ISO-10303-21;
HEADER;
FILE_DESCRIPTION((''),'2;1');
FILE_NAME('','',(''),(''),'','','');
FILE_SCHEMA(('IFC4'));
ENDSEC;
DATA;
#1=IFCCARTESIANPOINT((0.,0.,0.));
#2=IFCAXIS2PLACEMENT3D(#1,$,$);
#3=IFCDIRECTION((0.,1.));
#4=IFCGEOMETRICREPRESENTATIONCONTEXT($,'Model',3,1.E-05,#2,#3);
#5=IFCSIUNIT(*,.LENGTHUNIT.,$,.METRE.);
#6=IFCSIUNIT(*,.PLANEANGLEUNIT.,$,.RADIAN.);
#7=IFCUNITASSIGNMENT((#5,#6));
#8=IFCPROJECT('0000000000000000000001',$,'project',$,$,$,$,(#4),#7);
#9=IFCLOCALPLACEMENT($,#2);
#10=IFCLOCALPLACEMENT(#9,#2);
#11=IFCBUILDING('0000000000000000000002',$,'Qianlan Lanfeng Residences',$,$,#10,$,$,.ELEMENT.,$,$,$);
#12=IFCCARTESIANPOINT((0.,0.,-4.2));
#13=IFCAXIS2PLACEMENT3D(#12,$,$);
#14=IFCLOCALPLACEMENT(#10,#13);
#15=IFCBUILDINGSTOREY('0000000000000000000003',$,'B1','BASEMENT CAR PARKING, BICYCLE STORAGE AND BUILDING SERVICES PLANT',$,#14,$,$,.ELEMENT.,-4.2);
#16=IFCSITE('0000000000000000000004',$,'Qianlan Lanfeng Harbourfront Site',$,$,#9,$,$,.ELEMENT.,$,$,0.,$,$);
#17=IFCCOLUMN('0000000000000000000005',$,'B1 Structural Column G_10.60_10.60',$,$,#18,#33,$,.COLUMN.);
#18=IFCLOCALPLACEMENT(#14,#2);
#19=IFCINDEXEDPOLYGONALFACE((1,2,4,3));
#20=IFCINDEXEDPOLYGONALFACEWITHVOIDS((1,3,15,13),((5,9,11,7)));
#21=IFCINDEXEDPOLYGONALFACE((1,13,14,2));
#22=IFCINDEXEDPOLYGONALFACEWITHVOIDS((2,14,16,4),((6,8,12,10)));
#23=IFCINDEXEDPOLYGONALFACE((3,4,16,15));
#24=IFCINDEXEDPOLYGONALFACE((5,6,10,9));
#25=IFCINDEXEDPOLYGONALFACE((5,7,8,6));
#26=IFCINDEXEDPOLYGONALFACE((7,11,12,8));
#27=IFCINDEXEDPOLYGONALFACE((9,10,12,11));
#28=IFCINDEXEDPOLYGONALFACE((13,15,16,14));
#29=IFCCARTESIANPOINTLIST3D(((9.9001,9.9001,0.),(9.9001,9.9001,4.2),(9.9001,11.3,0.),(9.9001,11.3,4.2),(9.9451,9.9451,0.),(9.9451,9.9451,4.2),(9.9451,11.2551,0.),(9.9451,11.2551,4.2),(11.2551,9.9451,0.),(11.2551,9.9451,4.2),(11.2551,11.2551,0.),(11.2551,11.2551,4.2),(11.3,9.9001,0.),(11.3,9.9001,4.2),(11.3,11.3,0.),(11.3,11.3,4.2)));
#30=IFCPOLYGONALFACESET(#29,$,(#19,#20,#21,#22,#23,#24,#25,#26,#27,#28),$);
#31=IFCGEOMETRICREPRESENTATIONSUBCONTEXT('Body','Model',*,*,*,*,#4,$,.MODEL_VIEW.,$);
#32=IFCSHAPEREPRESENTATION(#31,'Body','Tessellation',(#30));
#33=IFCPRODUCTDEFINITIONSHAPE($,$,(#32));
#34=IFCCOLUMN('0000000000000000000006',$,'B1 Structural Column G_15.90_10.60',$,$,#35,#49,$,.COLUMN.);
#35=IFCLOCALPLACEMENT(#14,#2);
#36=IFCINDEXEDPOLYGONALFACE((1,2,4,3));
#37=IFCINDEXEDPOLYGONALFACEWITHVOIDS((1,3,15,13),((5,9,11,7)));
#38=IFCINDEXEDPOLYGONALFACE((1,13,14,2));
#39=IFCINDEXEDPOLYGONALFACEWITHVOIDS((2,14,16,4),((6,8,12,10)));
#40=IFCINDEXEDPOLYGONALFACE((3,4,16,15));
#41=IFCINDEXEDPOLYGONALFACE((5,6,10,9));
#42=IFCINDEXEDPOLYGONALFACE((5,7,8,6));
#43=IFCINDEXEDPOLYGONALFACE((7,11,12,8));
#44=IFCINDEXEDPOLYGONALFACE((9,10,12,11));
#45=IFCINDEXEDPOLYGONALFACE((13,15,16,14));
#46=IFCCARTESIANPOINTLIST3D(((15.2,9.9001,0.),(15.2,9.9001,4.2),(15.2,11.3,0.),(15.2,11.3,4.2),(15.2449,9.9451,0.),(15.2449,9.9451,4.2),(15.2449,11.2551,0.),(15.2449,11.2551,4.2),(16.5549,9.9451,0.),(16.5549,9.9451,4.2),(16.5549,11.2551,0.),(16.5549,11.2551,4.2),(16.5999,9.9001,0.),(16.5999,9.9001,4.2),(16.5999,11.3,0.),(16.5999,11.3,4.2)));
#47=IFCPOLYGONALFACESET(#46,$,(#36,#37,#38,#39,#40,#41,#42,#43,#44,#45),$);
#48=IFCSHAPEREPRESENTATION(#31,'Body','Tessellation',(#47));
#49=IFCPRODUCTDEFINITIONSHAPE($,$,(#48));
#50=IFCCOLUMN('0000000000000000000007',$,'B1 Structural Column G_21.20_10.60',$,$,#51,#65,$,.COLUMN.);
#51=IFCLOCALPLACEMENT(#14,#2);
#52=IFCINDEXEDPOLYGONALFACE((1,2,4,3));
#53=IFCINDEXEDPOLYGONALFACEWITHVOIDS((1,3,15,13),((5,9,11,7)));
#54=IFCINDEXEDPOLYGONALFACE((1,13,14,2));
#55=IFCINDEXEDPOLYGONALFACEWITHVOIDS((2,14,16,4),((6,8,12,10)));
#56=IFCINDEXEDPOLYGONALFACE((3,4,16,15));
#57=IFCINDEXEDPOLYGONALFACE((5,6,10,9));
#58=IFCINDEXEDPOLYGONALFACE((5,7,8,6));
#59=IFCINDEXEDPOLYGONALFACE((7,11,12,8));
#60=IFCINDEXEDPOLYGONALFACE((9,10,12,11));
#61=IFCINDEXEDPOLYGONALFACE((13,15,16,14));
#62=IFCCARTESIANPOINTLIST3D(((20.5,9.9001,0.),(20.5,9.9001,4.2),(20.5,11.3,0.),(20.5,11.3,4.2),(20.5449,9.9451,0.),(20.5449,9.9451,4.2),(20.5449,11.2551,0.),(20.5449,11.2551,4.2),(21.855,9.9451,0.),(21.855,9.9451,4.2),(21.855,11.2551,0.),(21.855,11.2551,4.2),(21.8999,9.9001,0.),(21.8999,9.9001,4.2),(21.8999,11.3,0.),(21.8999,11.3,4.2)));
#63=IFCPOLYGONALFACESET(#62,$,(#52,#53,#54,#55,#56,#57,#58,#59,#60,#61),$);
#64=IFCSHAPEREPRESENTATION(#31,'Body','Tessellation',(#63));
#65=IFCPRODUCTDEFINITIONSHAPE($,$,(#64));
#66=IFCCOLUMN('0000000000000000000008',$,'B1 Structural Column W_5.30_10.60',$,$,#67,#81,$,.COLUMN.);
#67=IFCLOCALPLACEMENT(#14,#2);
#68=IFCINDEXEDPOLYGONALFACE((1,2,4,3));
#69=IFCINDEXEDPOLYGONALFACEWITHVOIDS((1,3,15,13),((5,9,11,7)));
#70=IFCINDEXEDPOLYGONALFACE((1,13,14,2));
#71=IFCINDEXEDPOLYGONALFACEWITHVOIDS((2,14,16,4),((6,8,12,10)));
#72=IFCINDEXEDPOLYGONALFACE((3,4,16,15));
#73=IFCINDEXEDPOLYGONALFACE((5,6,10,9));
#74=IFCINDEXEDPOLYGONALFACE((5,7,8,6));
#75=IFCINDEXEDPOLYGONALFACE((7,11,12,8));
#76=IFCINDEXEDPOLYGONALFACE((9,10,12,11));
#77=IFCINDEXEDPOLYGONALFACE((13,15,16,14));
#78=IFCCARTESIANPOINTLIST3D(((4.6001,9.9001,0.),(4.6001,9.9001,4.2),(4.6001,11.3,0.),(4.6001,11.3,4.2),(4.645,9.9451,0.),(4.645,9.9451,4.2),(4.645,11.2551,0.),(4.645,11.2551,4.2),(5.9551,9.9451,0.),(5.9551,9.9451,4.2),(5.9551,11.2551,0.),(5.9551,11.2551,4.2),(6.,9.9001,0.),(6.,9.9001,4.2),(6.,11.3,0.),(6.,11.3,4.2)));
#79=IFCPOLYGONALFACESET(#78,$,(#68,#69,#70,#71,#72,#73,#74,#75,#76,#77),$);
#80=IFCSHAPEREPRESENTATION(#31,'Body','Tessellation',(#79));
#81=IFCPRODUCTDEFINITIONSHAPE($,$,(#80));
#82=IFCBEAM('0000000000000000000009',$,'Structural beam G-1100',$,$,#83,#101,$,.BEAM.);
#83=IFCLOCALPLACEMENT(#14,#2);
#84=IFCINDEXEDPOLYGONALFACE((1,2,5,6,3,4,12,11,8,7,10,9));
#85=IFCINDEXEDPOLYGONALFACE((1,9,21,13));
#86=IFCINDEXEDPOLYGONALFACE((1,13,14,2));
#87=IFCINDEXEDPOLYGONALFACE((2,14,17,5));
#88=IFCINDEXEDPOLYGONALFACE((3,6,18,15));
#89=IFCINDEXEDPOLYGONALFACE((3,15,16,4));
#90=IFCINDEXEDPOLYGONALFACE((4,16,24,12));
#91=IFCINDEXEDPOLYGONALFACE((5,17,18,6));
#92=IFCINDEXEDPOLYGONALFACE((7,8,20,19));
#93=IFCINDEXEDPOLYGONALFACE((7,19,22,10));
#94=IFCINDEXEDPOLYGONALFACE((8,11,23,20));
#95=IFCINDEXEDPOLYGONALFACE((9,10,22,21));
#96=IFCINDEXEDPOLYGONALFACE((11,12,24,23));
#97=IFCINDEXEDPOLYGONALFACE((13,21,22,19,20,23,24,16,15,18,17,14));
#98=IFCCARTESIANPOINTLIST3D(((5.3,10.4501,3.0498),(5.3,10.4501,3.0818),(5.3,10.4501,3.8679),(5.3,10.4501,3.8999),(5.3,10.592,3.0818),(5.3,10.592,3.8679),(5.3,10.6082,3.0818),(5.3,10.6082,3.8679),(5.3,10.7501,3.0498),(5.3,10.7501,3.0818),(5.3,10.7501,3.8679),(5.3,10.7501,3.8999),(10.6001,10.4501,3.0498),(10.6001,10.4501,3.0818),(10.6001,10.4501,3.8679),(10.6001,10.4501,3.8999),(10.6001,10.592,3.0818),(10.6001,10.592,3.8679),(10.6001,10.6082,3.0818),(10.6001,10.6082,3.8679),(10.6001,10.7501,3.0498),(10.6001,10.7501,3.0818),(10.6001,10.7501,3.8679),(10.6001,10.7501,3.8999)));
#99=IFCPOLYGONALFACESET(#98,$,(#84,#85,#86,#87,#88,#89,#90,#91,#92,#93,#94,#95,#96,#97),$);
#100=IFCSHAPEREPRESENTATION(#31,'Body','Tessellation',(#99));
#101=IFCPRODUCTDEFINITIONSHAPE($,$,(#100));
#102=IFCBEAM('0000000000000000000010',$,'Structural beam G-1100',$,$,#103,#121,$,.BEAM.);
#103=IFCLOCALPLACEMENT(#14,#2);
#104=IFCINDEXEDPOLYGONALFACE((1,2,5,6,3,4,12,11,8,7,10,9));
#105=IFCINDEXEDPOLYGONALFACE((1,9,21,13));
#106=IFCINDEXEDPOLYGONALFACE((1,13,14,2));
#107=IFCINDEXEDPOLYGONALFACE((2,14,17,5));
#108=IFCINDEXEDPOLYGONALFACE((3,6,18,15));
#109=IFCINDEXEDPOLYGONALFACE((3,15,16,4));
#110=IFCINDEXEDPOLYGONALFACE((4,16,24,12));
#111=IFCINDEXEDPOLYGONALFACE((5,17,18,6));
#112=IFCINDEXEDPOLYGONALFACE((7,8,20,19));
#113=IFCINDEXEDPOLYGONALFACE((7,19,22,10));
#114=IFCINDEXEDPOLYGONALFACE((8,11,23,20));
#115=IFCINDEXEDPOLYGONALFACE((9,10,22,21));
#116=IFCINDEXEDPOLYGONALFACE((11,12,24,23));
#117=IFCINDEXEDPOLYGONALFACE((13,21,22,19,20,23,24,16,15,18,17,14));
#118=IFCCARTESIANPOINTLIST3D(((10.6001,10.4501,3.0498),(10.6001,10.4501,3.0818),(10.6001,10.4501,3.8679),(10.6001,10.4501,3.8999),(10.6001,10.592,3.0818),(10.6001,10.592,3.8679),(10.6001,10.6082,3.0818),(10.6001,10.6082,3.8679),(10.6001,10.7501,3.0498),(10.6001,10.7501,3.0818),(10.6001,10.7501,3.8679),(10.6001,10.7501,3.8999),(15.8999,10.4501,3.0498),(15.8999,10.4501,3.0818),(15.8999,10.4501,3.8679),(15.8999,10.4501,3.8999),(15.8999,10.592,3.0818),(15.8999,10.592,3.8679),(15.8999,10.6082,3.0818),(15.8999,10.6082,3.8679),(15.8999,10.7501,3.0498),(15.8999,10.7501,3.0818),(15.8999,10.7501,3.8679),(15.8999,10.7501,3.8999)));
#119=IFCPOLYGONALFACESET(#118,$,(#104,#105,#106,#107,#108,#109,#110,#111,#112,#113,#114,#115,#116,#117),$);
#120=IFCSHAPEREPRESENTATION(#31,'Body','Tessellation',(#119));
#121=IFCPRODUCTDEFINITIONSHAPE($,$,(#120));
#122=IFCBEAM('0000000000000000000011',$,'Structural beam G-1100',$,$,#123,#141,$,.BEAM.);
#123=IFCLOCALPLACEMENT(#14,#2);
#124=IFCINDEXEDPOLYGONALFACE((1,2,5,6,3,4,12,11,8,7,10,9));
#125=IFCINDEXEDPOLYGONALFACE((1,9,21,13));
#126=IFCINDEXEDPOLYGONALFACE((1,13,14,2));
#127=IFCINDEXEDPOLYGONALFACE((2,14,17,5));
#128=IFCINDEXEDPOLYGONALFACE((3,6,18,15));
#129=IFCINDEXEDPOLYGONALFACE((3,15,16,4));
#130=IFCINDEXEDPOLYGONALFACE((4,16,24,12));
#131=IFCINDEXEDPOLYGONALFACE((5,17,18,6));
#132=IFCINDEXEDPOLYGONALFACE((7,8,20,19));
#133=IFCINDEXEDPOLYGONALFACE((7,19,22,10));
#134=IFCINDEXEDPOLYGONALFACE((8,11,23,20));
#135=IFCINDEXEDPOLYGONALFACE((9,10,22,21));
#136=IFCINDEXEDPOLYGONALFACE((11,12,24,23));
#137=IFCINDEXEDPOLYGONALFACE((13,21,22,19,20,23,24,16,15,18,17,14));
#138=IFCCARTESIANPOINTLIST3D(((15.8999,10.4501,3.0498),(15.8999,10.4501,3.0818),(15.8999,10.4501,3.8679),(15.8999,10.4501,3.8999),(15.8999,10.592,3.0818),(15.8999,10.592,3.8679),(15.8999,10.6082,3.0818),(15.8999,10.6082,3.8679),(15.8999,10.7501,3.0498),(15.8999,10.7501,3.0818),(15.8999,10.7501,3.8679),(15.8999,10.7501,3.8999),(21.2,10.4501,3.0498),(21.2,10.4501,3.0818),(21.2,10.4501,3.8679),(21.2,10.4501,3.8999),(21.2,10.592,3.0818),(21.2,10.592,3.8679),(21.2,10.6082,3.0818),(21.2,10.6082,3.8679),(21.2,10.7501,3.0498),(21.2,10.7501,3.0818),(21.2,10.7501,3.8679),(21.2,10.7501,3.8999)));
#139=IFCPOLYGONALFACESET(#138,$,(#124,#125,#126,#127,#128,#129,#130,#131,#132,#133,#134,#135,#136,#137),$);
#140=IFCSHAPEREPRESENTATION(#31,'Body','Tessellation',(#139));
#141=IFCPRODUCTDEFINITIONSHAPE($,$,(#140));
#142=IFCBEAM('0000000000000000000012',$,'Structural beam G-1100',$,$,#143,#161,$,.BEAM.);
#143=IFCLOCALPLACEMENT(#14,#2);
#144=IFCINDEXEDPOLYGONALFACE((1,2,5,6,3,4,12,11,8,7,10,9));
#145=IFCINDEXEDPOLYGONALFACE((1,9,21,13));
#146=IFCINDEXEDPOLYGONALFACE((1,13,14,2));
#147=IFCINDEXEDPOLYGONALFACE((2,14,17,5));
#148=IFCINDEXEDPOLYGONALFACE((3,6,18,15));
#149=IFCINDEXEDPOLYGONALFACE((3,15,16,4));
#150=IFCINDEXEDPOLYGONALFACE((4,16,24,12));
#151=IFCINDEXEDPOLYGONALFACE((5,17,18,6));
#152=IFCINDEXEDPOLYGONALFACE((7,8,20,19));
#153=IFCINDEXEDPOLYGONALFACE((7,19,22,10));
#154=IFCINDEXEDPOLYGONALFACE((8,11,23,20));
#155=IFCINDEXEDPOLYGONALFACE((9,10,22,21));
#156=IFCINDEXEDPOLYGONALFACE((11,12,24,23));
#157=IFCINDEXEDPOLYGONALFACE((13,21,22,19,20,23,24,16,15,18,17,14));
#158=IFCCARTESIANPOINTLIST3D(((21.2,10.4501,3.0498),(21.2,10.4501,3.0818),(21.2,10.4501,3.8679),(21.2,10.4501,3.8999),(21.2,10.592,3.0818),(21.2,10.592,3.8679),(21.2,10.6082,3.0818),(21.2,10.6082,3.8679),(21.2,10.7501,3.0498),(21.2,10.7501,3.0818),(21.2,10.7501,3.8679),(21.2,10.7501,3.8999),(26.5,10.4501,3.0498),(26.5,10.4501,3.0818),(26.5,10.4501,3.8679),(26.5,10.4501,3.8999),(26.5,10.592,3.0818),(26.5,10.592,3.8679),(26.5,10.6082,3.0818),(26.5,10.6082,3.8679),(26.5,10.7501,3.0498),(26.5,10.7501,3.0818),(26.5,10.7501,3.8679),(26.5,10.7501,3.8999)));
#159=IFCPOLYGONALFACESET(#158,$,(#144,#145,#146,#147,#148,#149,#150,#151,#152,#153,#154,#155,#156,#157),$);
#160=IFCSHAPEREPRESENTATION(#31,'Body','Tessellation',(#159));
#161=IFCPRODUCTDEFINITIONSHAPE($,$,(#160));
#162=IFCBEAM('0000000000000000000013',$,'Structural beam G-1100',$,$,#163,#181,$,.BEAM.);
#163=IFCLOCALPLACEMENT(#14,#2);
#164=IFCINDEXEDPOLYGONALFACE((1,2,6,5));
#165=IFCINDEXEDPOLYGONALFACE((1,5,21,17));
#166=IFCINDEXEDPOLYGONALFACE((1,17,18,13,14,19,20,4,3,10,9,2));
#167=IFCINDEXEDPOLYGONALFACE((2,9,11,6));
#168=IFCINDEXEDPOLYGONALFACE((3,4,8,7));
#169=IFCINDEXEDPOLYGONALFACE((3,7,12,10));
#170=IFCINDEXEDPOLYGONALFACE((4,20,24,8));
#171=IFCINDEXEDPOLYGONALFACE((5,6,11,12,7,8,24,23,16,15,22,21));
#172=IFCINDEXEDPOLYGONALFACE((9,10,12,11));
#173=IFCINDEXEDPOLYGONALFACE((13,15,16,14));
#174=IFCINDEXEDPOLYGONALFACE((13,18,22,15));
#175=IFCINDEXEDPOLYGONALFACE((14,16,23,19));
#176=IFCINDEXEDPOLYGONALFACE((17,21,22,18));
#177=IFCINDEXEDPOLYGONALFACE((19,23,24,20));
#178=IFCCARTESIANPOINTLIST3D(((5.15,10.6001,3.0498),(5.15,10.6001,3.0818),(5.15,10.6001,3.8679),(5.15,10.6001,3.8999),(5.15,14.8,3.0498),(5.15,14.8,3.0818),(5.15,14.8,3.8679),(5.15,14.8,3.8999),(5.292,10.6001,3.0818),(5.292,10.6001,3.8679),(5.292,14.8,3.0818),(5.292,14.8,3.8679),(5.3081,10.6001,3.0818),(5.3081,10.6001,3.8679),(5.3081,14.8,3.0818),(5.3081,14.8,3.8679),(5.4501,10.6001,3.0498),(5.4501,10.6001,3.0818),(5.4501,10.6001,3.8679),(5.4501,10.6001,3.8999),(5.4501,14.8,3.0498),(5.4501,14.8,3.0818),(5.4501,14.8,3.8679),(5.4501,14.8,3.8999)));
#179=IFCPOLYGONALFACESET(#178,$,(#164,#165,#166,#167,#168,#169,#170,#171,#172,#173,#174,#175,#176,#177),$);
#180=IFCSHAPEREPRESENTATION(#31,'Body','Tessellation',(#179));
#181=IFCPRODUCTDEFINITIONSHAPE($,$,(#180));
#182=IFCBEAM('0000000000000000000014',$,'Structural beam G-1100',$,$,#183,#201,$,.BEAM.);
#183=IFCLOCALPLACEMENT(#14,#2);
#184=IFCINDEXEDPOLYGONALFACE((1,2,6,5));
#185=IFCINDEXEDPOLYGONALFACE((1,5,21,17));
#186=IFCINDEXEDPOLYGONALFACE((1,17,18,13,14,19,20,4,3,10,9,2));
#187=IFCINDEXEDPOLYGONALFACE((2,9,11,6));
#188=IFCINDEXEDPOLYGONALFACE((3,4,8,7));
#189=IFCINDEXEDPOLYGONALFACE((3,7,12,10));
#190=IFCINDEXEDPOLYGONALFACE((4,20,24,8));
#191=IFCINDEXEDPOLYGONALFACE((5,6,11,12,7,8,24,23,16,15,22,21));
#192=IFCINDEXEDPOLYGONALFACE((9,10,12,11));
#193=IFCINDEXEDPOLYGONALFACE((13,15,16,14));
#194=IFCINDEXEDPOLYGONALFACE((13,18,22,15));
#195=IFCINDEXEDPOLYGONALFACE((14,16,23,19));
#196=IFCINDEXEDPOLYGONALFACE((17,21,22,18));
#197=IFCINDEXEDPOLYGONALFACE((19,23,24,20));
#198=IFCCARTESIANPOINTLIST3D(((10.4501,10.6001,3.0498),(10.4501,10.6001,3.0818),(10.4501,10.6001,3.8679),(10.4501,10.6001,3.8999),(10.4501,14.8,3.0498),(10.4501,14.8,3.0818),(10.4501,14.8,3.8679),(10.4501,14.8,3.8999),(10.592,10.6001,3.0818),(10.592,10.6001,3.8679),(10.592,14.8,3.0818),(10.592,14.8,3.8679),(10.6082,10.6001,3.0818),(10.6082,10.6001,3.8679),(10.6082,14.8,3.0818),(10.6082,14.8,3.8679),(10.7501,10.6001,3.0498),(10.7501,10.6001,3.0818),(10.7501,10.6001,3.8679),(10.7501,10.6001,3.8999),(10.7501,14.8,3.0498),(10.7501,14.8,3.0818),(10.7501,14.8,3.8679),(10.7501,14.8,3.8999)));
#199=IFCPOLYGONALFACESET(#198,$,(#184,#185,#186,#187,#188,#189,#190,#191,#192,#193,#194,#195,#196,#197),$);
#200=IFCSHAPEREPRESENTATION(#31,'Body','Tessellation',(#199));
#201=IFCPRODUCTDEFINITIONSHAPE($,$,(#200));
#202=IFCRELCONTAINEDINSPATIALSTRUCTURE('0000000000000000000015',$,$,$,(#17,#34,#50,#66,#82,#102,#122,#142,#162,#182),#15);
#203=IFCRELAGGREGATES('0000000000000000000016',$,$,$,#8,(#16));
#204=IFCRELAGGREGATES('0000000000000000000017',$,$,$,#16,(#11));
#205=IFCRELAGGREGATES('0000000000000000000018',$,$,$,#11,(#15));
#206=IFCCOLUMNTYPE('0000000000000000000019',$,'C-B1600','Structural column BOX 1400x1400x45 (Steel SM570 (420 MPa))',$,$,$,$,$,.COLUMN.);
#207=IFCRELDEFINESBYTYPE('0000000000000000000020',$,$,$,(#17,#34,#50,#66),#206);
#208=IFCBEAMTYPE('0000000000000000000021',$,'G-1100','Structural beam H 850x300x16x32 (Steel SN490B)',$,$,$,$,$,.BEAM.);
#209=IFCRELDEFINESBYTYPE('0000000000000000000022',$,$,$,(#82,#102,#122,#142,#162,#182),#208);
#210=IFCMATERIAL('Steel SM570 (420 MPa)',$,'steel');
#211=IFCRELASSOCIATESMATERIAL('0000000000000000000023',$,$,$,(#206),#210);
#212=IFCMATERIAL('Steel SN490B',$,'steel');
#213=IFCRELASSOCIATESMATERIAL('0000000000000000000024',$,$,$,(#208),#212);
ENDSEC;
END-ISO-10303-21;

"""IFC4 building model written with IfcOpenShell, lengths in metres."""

from ifc_helpers import new_model, si_unit, direction, frame, origin, origin_2d, place, context, subcontext, project, spatial, hollow_rectangle, i_section, extrude, material, material_profile, profile_set, type_object, element, save


model = new_model("IFC4")

# Units and contexts
model_context = context("Model", 3, precision=1e-05, world=origin(), true_north=direction((0.0, 1.0)))
body_context = subcontext(model_context, "Body", "Model", "MODEL_VIEW")
ifc_project = project(units=[si_unit("LENGTHUNIT", "METRE"), si_unit("PLANEANGLEUNIT", "RADIAN")], contexts=[model_context])

# Site, building, storey
site_placement = place(None, origin())
site = spatial("IfcSite", under=ifc_project, at=site_placement, Name="Qianlan Lanfeng Harbourfront Site", CompositionType="ELEMENT", RefElevation=0.0)
building_placement = place(site_placement, origin())
building = spatial("IfcBuilding", under=site, at=building_placement, Name="Qianlan Lanfeng Residences", CompositionType="ELEMENT")
storey_placement = place(building_placement, frame((0.0, 0.0, -4.2)))
storey = spatial("IfcBuildingStorey", under=building, at=storey_placement, Name="B1", Description="BASEMENT CAR PARKING, BICYCLE STORAGE AND BUILDING SERVICES PLANT", CompositionType="ELEMENT", Elevation=-4.2)

# Columns
ifc_material_1 = material(Name="Steel SM570 (420 MPa)", Category="steel")
ifc_material_profile_1 = material_profile(ifc_material_1, hollow_rectangle(XDim=1.3999, YDim=1.3999, WallThickness=0.0449, at=origin_2d()), Name="BOX 1400x1400x45")
ifc_profile_set_1 = profile_set([ifc_material_profile_1], Name="Steel SM570 (420 MPa)")
column_type = type_object("IfcColumnType", Name="C-B1600", Description="Structural column BOX 1400x1400x45 (Steel SM570 (420 MPa))", PredefinedType="COLUMN", material=ifc_profile_set_1)
for number, where, z_axis, x_axis, name in (
    (1, (10.6001, 10.6001, 0.0), (0.0, 0.0, 1.0), (1.0, 0.0, 0.0), "B1 Structural Column G_10.60_10.60"),
    (2, (15.8999, 10.6001, 0.0), (0.0, 0.0, 1.0), (1.0, 0.0, 0.0), "B1 Structural Column G_15.90_10.60"),
    (3, (21.2, 10.6001, 0.0), (0.0, 0.0, 1.0), (1.0, 0.0, 0.0), "B1 Structural Column G_21.20_10.60"),
    (4, (5.3, 10.6001, 0.0), (0.0, 0.0, 1.0), (1.0, 0.0, 0.0), "B1 Structural Column W_5.30_10.60"),
):
    element("IfcColumn", number, at=place(storey_placement, frame(where, z_axis=z_axis, x_axis=x_axis)), inside=storey, type_object=column_type, Name=name, PredefinedType="COLUMN", context=body_context, shape_type="SweptSolid", body=[
        extrude(hollow_rectangle(XDim=1.3999, YDim=1.3999, WallThickness=0.0449, at=origin_2d()), origin(), (0.0, 0.0, 1.0), 4.2),
    ])

# Beams
ifc_material_2 = material(Name="Steel SN490B", Category="steel")
ifc_material_profile_2 = material_profile(ifc_material_2, i_section(OverallWidth=0.3, OverallDepth=0.8501, WebThickness=0.0161, FlangeThickness=0.032, at=origin_2d()), Name="H 850x300x16x32")
ifc_profile_set_2 = profile_set([ifc_material_profile_2], Name="Steel SN490B")
beam_type_1 = type_object("IfcBeamType", Name="G-1100", Description="Structural beam H 850x300x16x32 (Steel SN490B)", PredefinedType="BEAM", material=ifc_profile_set_2)
beam_1_placement = place(storey_placement, frame((5.3, 10.6001, 3.4749), z_axis=(1.0, 0.0, 0.0), x_axis=(0.0, 1.0, 0.0)))
element("IfcBeam", 5, at=beam_1_placement, inside=storey, type_object=beam_type_1, Name="Structural beam G-1100", PredefinedType="BEAM", context=body_context, shape_type="SweptSolid", body=[
    extrude(i_section(OverallWidth=0.3, OverallDepth=0.8501, WebThickness=0.0161, FlangeThickness=0.032, at=origin_2d()), origin(), (0.0, 0.0, 1.0), 5.3),
])
beam_2_placement = place(storey_placement, frame((10.6001, 10.6001, 3.4749), z_axis=(1.0, 0.0, 0.0), x_axis=(0.0, 1.0, 0.0)))
element("IfcBeam", 6, at=beam_2_placement, inside=storey, type_object=beam_type_1, Name="Structural beam G-1100", PredefinedType="BEAM", context=body_context, shape_type="SweptSolid", body=[
    extrude(i_section(OverallWidth=0.3, OverallDepth=0.8501, WebThickness=0.0161, FlangeThickness=0.032, at=origin_2d()), origin(), (0.0, 0.0, 1.0), 5.2998),
])
for number, where, z_axis, x_axis, name in (
    (7, (15.8999, 10.6001, 3.4749), (1.0, 0.0, 0.0), (0.0, 1.0, 0.0), "Structural beam G-1100"),
    (8, (21.2, 10.6001, 3.4749), (1.0, 0.0, 0.0), (0.0, 1.0, 0.0), "Structural beam G-1100"),
):
    element("IfcBeam", number, at=place(storey_placement, frame(where, z_axis=z_axis, x_axis=x_axis)), inside=storey, type_object=beam_type_1, Name=name, PredefinedType="BEAM", context=body_context, shape_type="SweptSolid", body=[
        extrude(i_section(OverallWidth=0.3, OverallDepth=0.8501, WebThickness=0.0161, FlangeThickness=0.032, at=origin_2d()), origin(), (0.0, 0.0, 1.0), 5.3),
    ])
for number, where, z_axis, x_axis, name in (
    (9, (5.3, 10.6001, 3.4749), (0.0, 1.0, 0.0), (-1.0, 0.0, 0.0), "Structural beam G-1100"),
    (10, (10.6001, 10.6001, 3.4749), (0.0, 1.0, 0.0), (-1.0, 0.0, 0.0), "Structural beam G-1100"),
):
    element("IfcBeam", number, at=place(storey_placement, frame(where, z_axis=z_axis, x_axis=x_axis)), inside=storey, type_object=beam_type_1, Name=name, PredefinedType="BEAM", context=body_context, shape_type="SweptSolid", body=[
        extrude(i_section(OverallWidth=0.3, OverallDepth=0.8501, WebThickness=0.0161, FlangeThickness=0.032, at=origin_2d()), origin(), (0.0, 0.0, 1.0), 4.2),
    ])

save(model, "model.ifc")
